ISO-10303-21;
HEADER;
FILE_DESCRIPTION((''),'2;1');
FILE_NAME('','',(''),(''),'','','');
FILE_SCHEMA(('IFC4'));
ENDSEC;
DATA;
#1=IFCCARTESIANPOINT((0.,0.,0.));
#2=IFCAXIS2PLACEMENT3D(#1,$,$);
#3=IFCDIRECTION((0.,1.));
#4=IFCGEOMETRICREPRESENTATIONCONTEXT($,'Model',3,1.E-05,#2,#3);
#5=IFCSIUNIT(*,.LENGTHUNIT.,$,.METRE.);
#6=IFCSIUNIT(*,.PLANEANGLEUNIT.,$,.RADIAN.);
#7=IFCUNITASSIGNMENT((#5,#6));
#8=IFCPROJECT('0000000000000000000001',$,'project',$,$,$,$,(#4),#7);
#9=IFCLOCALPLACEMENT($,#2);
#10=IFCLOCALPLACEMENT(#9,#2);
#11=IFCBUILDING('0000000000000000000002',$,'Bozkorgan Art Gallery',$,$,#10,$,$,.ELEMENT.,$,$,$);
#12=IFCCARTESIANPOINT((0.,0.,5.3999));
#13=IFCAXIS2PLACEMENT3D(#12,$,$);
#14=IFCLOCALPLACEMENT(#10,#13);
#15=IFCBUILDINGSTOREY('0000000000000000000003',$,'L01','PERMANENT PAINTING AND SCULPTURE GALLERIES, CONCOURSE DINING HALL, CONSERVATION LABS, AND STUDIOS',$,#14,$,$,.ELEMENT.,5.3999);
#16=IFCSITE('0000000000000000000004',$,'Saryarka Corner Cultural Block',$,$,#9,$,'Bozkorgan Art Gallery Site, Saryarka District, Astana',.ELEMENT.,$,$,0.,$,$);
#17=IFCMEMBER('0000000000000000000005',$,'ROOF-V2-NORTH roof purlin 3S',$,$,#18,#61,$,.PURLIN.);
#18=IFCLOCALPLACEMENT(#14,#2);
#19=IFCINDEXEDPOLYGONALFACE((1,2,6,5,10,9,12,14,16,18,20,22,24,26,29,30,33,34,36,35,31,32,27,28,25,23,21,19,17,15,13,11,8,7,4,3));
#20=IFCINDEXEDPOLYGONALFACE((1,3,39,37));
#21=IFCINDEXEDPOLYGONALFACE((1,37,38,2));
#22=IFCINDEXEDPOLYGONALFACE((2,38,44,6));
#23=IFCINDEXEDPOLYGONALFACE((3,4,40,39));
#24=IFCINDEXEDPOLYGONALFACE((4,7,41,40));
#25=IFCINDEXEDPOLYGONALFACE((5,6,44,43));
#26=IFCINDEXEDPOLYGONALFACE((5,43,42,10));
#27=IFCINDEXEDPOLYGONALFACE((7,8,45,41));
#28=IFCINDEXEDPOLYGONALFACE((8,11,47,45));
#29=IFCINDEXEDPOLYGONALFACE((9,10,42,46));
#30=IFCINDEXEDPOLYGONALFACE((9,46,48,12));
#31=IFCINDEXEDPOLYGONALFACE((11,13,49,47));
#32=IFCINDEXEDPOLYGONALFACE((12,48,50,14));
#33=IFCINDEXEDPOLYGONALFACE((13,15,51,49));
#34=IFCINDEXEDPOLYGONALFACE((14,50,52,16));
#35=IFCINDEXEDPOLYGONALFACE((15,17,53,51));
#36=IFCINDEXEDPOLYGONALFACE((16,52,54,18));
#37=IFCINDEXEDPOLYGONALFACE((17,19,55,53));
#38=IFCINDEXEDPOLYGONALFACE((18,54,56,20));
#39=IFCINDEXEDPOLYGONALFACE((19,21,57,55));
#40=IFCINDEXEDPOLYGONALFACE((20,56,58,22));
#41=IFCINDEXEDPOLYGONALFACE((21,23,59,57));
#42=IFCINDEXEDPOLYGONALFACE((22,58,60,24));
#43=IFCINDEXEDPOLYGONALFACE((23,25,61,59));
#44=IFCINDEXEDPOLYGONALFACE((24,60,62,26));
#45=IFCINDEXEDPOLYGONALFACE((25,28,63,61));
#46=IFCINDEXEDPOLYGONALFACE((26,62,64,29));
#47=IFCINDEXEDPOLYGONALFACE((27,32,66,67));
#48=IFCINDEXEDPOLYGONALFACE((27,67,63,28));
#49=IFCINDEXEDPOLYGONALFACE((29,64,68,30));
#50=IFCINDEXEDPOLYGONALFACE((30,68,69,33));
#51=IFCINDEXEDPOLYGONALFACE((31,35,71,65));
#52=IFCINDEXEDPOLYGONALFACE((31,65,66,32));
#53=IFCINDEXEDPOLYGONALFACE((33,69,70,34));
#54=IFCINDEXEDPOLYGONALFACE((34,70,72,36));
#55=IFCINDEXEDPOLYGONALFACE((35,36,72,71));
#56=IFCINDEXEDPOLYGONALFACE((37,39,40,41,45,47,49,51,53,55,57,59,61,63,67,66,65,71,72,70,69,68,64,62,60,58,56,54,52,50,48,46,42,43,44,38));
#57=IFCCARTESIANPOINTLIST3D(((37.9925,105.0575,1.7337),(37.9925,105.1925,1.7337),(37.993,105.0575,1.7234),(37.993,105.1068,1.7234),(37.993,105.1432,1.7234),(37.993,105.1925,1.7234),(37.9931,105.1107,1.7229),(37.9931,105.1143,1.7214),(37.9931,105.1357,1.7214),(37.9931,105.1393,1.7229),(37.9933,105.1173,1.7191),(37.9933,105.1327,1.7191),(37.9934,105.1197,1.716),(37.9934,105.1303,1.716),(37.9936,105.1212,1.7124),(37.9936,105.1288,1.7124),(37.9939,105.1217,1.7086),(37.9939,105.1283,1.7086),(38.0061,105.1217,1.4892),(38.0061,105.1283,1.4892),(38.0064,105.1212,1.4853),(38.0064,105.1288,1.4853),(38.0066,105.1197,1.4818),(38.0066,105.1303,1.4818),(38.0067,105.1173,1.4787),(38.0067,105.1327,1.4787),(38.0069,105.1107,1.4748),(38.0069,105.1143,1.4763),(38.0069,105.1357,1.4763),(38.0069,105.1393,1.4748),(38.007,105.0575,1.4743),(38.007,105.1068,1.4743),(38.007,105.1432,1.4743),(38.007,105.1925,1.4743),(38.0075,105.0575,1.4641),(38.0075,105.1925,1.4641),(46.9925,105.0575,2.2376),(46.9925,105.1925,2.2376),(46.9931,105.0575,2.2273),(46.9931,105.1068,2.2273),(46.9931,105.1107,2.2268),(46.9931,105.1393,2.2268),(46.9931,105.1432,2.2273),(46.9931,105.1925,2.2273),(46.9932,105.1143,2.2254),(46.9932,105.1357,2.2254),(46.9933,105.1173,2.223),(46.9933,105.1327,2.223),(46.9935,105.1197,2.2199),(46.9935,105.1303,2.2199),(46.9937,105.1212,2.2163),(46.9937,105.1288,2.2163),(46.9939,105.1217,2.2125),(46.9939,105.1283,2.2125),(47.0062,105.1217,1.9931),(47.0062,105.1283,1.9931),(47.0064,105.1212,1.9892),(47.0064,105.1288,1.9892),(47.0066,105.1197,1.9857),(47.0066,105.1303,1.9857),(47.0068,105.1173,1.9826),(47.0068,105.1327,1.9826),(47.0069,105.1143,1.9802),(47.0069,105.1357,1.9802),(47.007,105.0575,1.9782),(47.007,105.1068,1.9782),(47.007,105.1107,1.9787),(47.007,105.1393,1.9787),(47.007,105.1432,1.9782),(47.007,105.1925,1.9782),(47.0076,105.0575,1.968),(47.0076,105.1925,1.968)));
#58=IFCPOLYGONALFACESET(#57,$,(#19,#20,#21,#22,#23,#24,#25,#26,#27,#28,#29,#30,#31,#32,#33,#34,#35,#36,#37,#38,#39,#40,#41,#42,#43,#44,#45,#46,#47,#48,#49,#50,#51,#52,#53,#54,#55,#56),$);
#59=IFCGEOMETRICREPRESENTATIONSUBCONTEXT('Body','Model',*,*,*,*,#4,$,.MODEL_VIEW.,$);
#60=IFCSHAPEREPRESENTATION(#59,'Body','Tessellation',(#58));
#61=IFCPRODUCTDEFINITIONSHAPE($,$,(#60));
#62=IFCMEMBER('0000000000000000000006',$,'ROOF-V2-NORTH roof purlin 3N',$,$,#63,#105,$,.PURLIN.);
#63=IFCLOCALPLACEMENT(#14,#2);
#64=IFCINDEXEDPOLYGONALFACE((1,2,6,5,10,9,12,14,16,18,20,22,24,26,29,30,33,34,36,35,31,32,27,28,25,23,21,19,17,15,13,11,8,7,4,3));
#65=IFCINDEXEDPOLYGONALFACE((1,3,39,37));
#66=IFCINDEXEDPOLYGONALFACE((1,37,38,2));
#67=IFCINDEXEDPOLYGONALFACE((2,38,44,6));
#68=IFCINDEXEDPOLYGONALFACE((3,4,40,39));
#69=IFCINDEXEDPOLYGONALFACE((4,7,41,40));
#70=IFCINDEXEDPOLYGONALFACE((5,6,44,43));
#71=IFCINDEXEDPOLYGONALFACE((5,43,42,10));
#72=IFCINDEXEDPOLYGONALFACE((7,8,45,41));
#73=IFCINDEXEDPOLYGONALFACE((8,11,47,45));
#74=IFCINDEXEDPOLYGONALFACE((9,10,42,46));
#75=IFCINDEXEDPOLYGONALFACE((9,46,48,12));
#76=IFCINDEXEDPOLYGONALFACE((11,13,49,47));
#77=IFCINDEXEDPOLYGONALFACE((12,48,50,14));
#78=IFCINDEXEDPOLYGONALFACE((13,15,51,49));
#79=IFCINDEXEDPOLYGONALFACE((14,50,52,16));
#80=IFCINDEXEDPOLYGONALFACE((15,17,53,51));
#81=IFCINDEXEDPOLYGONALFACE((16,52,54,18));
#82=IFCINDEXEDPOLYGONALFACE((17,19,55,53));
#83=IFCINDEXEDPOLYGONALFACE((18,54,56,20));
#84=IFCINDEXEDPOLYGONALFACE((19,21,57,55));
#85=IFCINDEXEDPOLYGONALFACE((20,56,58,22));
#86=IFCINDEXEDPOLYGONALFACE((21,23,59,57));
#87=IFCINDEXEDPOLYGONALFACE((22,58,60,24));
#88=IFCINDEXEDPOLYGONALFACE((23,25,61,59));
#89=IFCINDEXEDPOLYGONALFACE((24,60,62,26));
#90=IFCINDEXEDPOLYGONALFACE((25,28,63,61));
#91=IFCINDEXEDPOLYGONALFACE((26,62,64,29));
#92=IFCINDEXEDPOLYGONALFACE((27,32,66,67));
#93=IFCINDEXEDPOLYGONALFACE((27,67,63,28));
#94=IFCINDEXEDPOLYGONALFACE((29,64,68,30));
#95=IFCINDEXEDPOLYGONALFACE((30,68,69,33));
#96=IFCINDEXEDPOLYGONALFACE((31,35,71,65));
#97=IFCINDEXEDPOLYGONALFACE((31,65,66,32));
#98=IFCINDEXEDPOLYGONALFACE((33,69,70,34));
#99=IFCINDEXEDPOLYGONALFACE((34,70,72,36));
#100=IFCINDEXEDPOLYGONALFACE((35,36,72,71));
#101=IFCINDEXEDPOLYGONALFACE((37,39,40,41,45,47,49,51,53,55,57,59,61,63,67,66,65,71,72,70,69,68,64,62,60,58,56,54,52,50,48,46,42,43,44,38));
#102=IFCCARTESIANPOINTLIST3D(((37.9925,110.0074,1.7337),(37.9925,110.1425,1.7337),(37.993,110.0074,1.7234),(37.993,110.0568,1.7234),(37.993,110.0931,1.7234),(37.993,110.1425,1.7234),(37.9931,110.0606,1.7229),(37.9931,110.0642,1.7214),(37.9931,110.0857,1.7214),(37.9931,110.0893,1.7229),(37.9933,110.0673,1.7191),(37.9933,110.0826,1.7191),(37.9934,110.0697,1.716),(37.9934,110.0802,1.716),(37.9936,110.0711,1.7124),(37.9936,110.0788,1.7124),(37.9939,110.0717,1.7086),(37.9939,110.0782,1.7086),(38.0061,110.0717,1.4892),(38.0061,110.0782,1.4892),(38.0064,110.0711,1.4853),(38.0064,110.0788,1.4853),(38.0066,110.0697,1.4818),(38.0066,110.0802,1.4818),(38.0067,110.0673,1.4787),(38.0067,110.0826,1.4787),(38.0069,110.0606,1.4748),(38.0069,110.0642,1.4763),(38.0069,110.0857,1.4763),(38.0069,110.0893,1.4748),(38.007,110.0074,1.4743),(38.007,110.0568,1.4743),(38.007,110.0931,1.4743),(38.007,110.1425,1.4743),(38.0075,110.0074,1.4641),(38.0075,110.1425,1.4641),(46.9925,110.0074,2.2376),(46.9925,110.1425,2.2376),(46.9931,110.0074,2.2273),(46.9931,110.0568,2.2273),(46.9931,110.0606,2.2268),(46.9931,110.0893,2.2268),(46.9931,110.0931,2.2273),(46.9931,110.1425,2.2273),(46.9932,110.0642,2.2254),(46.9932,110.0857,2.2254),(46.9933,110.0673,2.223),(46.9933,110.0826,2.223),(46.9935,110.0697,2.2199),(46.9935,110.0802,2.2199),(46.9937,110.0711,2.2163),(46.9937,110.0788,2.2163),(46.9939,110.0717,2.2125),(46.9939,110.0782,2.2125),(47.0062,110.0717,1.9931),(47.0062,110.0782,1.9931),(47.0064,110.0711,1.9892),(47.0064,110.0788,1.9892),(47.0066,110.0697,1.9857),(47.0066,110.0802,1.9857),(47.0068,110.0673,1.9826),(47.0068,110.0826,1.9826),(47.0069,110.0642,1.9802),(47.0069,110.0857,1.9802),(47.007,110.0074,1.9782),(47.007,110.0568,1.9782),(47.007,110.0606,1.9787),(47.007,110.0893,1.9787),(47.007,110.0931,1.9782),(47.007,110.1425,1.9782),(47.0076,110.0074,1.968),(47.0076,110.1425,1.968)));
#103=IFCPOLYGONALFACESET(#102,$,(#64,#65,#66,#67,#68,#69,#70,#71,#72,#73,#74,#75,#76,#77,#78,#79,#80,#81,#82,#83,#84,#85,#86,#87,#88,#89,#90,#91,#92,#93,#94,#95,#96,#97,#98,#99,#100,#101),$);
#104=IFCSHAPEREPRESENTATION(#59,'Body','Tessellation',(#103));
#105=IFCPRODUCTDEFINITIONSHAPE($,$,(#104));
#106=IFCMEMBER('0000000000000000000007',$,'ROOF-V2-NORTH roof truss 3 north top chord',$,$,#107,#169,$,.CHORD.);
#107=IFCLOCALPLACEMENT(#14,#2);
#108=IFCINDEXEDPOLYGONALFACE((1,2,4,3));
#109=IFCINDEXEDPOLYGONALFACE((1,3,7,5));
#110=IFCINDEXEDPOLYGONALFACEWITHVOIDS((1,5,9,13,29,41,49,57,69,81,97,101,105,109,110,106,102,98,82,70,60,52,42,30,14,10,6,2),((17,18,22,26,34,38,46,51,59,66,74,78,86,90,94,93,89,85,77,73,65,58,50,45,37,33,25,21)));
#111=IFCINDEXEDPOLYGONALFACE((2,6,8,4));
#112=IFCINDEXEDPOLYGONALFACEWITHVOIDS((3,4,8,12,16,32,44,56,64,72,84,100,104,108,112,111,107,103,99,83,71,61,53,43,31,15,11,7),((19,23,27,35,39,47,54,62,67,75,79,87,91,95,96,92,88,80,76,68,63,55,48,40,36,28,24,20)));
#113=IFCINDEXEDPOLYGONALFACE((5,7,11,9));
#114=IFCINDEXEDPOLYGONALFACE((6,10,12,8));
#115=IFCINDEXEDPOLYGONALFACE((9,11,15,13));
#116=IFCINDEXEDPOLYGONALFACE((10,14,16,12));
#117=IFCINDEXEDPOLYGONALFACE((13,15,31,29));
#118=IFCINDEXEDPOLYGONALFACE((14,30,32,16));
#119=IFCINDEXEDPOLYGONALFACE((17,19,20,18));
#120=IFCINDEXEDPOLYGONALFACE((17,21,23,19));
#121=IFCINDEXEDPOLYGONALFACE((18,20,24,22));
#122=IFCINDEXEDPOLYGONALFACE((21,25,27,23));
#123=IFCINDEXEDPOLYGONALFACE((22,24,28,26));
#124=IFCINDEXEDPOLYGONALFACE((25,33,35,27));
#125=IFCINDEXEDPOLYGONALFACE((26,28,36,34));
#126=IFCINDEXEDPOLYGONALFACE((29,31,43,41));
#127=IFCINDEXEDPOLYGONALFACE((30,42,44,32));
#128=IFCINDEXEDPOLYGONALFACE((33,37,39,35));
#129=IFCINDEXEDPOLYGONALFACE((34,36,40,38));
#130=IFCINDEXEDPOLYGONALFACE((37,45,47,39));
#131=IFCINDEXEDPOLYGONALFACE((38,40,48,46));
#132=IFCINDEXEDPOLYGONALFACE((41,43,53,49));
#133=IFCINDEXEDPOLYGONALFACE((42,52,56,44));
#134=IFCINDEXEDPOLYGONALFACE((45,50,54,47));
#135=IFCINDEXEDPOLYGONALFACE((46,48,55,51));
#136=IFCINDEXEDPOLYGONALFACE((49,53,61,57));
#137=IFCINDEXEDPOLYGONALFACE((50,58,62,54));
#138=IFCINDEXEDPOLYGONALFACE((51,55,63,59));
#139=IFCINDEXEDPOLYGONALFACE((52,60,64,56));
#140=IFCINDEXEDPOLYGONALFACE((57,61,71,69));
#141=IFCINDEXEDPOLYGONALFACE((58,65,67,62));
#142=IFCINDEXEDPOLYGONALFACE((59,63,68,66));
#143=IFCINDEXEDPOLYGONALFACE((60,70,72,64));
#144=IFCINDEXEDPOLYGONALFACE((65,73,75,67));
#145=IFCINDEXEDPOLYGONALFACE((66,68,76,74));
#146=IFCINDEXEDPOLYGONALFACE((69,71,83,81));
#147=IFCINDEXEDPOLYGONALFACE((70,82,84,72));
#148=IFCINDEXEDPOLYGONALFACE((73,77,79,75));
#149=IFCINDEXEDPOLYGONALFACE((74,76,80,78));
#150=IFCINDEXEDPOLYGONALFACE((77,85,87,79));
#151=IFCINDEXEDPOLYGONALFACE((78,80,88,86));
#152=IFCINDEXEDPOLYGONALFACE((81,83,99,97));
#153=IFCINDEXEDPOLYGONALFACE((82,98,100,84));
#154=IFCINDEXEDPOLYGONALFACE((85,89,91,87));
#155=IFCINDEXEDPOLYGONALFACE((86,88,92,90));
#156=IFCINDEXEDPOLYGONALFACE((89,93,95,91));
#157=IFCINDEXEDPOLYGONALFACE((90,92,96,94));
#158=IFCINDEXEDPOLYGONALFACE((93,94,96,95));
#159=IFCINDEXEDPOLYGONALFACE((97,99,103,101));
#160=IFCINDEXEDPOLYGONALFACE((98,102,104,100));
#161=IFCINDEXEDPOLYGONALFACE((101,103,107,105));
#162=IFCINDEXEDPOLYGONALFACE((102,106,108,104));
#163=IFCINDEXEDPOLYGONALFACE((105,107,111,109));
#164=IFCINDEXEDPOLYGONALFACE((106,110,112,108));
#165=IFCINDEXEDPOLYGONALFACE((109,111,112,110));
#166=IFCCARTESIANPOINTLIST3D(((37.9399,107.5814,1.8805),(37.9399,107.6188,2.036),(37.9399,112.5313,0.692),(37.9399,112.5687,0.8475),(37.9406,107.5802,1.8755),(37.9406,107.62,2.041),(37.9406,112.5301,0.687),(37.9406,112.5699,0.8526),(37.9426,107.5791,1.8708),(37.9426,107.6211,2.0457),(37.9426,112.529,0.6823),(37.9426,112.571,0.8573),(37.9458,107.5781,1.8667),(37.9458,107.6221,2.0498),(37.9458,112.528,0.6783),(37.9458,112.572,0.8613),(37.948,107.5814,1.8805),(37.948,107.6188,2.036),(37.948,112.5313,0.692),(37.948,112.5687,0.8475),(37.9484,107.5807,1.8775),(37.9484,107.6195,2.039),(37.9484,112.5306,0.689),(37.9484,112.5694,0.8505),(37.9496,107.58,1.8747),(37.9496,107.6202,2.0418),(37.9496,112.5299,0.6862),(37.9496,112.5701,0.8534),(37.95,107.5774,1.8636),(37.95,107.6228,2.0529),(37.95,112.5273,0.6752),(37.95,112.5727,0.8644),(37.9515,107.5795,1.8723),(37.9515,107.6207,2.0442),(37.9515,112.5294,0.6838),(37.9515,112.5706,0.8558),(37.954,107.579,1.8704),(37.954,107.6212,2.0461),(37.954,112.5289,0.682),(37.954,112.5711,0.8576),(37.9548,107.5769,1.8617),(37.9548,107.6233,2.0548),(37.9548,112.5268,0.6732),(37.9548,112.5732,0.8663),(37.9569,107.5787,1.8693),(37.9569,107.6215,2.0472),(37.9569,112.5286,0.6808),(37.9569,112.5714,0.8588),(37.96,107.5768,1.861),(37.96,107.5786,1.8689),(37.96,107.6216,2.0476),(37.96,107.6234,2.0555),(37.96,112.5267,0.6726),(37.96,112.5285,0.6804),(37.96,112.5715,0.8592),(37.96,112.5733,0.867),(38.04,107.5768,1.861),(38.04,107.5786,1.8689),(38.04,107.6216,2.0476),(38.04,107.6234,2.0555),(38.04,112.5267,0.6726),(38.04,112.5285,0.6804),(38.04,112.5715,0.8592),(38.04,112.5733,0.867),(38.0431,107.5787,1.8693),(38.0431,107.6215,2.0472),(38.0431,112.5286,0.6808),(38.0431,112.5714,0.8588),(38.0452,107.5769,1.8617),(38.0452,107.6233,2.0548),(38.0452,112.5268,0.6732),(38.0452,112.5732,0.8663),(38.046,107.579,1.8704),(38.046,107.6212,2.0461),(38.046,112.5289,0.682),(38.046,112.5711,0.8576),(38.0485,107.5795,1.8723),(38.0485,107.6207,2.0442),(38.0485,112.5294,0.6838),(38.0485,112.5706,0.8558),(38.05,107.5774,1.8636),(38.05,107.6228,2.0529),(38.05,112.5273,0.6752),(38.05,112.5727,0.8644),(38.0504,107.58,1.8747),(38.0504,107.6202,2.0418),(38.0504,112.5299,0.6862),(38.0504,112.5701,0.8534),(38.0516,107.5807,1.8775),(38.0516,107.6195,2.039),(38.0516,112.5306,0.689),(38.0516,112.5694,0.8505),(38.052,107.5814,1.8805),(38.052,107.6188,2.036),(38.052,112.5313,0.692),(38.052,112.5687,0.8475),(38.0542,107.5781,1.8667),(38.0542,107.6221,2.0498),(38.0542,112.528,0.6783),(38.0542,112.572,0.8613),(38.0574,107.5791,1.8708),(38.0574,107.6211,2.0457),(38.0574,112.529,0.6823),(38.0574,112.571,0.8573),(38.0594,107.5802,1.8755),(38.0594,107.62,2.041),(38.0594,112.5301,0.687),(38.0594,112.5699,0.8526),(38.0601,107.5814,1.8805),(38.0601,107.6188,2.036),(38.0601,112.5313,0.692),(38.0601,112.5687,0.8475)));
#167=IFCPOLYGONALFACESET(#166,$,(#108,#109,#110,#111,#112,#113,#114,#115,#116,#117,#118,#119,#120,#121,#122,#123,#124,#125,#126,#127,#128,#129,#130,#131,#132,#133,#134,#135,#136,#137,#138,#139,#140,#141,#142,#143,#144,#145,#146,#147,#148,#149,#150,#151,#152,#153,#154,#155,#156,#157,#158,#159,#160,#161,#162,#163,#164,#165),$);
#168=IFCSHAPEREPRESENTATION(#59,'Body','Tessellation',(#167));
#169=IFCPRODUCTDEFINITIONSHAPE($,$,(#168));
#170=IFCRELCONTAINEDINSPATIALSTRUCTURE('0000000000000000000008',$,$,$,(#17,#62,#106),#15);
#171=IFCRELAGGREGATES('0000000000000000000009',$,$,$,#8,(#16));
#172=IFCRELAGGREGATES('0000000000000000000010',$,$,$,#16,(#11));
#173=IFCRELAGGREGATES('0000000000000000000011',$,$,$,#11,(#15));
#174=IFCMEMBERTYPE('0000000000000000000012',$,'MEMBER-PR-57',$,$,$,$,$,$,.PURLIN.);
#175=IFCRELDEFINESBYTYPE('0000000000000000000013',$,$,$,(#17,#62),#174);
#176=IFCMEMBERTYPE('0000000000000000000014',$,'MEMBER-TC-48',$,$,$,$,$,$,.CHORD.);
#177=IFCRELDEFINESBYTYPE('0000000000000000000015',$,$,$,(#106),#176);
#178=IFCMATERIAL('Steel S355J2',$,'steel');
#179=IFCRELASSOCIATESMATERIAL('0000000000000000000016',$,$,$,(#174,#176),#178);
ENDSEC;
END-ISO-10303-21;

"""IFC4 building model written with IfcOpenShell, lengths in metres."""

from ifc_helpers import new_model, si_unit, direction, frame, origin, origin_2d, place, context, subcontext, project, spatial, hollow_rectangle, i_section, extrude, material, material_profile, profile_set, type_object, element, save


model = new_model("IFC4")

# Units and contexts
model_context = context("Model", 3, precision=1e-05, world=origin(), true_north=direction((0.0, 1.0)))
body_context = subcontext(model_context, "Body", "Model", "MODEL_VIEW")
ifc_project = project(units=[si_unit("LENGTHUNIT", "METRE"), si_unit("PLANEANGLEUNIT", "RADIAN")], contexts=[model_context])

# Site, building, storey
site_placement = place(None, origin())
site = spatial("IfcSite", under=ifc_project, at=site_placement, Name="Saryarka Corner Cultural Block", LongName="Bozkorgan Art Gallery Site, Saryarka District, Astana", CompositionType="ELEMENT", RefElevation=0.0)
building_placement = place(site_placement, origin())
building = spatial("IfcBuilding", under=site, at=building_placement, Name="Bozkorgan Art Gallery", CompositionType="ELEMENT")
storey_placement = place(building_placement, frame((0.0, 0.0, 5.3999)))
storey = spatial("IfcBuildingStorey", under=building, at=storey_placement, Name="L01", Description="PERMANENT PAINTING AND SCULPTURE GALLERIES, CONCOURSE DINING HALL, CONSERVATION LABS, AND STUDIOS", CompositionType="ELEMENT", Elevation=5.3999)

# Members
ifc_material_1 = material(Name="Steel S355J2", Category="steel")
ifc_material_profile_1 = material_profile(ifc_material_1, i_section(OverallWidth=0.135, OverallDepth=0.27, WebThickness=0.0066, FlangeThickness=0.0103, FilletRadius=0.0149, at=origin_2d()), Name="IPE 270")
ifc_profile_set_1 = profile_set([ifc_material_profile_1], Name="Steel S355J2")
member_type_1 = type_object("IfcMemberType", Name="MEMBER-PR-57", PredefinedType="PURLIN", material=ifc_profile_set_1)
for number, where, z_axis, x_axis, name in (
    (1, (38.0, 105.125, 1.5989), (0.998436, 0.0, 0.055902), (0.0, 1.0, 0.0), "ROOF-V2-NORTH roof purlin 3S"),
    (2, (38.0, 110.075, 1.5989), (0.998436, 0.0, 0.055902), (0.0, 1.0, 0.0), "ROOF-V2-NORTH roof purlin 3N"),
):
    element("IfcMember", number, at=place(storey_placement, frame(where, z_axis=z_axis, x_axis=x_axis)), inside=storey, type_object=member_type_1, Name=name, PredefinedType="PURLIN", context=body_context, shape_type="SweptSolid", body=[
        extrude(i_section(OverallWidth=0.135, OverallDepth=0.27, WebThickness=0.0066, FlangeThickness=0.0103, FilletRadius=0.0149, at=origin_2d()), origin(), (0.0, 0.0, 1.0), 9.0142),
    ])
ifc_material_profile_2 = material_profile(ifc_material_1, hollow_rectangle(XDim=0.1201, YDim=0.2, WallThickness=0.0081, InnerFilletRadius=0.012, OuterFilletRadius=0.02, at=origin_2d()), Name="RHS 200x120x8")
ifc_profile_set_2 = profile_set([ifc_material_profile_2], Name="Steel S355J2")
member_type_2 = type_object("IfcMemberType", Name="MEMBER-TC-48", PredefinedType="CHORD", material=ifc_profile_set_2)
for number, where, z_axis, x_axis, name in (
    (3, (38.0, 107.6001, 1.9583), (0.0, 0.972366, -0.233464), (-1.0, 0.0, 0.0), "ROOF-V2-NORTH roof truss 3 north top chord"),
):
    element("IfcMember", number, at=place(storey_placement, frame(where, z_axis=z_axis, x_axis=x_axis)), inside=storey, type_object=member_type_2, Name=name, PredefinedType="CHORD", context=body_context, shape_type="SweptSolid", body=[
        extrude(hollow_rectangle(XDim=0.1201, YDim=0.2, WallThickness=0.0081, InnerFilletRadius=0.012, OuterFilletRadius=0.02, at=origin_2d()), origin(), (0.0, 0.0, 1.0), 5.0906),
    ])

save(model, "model.ifc")
